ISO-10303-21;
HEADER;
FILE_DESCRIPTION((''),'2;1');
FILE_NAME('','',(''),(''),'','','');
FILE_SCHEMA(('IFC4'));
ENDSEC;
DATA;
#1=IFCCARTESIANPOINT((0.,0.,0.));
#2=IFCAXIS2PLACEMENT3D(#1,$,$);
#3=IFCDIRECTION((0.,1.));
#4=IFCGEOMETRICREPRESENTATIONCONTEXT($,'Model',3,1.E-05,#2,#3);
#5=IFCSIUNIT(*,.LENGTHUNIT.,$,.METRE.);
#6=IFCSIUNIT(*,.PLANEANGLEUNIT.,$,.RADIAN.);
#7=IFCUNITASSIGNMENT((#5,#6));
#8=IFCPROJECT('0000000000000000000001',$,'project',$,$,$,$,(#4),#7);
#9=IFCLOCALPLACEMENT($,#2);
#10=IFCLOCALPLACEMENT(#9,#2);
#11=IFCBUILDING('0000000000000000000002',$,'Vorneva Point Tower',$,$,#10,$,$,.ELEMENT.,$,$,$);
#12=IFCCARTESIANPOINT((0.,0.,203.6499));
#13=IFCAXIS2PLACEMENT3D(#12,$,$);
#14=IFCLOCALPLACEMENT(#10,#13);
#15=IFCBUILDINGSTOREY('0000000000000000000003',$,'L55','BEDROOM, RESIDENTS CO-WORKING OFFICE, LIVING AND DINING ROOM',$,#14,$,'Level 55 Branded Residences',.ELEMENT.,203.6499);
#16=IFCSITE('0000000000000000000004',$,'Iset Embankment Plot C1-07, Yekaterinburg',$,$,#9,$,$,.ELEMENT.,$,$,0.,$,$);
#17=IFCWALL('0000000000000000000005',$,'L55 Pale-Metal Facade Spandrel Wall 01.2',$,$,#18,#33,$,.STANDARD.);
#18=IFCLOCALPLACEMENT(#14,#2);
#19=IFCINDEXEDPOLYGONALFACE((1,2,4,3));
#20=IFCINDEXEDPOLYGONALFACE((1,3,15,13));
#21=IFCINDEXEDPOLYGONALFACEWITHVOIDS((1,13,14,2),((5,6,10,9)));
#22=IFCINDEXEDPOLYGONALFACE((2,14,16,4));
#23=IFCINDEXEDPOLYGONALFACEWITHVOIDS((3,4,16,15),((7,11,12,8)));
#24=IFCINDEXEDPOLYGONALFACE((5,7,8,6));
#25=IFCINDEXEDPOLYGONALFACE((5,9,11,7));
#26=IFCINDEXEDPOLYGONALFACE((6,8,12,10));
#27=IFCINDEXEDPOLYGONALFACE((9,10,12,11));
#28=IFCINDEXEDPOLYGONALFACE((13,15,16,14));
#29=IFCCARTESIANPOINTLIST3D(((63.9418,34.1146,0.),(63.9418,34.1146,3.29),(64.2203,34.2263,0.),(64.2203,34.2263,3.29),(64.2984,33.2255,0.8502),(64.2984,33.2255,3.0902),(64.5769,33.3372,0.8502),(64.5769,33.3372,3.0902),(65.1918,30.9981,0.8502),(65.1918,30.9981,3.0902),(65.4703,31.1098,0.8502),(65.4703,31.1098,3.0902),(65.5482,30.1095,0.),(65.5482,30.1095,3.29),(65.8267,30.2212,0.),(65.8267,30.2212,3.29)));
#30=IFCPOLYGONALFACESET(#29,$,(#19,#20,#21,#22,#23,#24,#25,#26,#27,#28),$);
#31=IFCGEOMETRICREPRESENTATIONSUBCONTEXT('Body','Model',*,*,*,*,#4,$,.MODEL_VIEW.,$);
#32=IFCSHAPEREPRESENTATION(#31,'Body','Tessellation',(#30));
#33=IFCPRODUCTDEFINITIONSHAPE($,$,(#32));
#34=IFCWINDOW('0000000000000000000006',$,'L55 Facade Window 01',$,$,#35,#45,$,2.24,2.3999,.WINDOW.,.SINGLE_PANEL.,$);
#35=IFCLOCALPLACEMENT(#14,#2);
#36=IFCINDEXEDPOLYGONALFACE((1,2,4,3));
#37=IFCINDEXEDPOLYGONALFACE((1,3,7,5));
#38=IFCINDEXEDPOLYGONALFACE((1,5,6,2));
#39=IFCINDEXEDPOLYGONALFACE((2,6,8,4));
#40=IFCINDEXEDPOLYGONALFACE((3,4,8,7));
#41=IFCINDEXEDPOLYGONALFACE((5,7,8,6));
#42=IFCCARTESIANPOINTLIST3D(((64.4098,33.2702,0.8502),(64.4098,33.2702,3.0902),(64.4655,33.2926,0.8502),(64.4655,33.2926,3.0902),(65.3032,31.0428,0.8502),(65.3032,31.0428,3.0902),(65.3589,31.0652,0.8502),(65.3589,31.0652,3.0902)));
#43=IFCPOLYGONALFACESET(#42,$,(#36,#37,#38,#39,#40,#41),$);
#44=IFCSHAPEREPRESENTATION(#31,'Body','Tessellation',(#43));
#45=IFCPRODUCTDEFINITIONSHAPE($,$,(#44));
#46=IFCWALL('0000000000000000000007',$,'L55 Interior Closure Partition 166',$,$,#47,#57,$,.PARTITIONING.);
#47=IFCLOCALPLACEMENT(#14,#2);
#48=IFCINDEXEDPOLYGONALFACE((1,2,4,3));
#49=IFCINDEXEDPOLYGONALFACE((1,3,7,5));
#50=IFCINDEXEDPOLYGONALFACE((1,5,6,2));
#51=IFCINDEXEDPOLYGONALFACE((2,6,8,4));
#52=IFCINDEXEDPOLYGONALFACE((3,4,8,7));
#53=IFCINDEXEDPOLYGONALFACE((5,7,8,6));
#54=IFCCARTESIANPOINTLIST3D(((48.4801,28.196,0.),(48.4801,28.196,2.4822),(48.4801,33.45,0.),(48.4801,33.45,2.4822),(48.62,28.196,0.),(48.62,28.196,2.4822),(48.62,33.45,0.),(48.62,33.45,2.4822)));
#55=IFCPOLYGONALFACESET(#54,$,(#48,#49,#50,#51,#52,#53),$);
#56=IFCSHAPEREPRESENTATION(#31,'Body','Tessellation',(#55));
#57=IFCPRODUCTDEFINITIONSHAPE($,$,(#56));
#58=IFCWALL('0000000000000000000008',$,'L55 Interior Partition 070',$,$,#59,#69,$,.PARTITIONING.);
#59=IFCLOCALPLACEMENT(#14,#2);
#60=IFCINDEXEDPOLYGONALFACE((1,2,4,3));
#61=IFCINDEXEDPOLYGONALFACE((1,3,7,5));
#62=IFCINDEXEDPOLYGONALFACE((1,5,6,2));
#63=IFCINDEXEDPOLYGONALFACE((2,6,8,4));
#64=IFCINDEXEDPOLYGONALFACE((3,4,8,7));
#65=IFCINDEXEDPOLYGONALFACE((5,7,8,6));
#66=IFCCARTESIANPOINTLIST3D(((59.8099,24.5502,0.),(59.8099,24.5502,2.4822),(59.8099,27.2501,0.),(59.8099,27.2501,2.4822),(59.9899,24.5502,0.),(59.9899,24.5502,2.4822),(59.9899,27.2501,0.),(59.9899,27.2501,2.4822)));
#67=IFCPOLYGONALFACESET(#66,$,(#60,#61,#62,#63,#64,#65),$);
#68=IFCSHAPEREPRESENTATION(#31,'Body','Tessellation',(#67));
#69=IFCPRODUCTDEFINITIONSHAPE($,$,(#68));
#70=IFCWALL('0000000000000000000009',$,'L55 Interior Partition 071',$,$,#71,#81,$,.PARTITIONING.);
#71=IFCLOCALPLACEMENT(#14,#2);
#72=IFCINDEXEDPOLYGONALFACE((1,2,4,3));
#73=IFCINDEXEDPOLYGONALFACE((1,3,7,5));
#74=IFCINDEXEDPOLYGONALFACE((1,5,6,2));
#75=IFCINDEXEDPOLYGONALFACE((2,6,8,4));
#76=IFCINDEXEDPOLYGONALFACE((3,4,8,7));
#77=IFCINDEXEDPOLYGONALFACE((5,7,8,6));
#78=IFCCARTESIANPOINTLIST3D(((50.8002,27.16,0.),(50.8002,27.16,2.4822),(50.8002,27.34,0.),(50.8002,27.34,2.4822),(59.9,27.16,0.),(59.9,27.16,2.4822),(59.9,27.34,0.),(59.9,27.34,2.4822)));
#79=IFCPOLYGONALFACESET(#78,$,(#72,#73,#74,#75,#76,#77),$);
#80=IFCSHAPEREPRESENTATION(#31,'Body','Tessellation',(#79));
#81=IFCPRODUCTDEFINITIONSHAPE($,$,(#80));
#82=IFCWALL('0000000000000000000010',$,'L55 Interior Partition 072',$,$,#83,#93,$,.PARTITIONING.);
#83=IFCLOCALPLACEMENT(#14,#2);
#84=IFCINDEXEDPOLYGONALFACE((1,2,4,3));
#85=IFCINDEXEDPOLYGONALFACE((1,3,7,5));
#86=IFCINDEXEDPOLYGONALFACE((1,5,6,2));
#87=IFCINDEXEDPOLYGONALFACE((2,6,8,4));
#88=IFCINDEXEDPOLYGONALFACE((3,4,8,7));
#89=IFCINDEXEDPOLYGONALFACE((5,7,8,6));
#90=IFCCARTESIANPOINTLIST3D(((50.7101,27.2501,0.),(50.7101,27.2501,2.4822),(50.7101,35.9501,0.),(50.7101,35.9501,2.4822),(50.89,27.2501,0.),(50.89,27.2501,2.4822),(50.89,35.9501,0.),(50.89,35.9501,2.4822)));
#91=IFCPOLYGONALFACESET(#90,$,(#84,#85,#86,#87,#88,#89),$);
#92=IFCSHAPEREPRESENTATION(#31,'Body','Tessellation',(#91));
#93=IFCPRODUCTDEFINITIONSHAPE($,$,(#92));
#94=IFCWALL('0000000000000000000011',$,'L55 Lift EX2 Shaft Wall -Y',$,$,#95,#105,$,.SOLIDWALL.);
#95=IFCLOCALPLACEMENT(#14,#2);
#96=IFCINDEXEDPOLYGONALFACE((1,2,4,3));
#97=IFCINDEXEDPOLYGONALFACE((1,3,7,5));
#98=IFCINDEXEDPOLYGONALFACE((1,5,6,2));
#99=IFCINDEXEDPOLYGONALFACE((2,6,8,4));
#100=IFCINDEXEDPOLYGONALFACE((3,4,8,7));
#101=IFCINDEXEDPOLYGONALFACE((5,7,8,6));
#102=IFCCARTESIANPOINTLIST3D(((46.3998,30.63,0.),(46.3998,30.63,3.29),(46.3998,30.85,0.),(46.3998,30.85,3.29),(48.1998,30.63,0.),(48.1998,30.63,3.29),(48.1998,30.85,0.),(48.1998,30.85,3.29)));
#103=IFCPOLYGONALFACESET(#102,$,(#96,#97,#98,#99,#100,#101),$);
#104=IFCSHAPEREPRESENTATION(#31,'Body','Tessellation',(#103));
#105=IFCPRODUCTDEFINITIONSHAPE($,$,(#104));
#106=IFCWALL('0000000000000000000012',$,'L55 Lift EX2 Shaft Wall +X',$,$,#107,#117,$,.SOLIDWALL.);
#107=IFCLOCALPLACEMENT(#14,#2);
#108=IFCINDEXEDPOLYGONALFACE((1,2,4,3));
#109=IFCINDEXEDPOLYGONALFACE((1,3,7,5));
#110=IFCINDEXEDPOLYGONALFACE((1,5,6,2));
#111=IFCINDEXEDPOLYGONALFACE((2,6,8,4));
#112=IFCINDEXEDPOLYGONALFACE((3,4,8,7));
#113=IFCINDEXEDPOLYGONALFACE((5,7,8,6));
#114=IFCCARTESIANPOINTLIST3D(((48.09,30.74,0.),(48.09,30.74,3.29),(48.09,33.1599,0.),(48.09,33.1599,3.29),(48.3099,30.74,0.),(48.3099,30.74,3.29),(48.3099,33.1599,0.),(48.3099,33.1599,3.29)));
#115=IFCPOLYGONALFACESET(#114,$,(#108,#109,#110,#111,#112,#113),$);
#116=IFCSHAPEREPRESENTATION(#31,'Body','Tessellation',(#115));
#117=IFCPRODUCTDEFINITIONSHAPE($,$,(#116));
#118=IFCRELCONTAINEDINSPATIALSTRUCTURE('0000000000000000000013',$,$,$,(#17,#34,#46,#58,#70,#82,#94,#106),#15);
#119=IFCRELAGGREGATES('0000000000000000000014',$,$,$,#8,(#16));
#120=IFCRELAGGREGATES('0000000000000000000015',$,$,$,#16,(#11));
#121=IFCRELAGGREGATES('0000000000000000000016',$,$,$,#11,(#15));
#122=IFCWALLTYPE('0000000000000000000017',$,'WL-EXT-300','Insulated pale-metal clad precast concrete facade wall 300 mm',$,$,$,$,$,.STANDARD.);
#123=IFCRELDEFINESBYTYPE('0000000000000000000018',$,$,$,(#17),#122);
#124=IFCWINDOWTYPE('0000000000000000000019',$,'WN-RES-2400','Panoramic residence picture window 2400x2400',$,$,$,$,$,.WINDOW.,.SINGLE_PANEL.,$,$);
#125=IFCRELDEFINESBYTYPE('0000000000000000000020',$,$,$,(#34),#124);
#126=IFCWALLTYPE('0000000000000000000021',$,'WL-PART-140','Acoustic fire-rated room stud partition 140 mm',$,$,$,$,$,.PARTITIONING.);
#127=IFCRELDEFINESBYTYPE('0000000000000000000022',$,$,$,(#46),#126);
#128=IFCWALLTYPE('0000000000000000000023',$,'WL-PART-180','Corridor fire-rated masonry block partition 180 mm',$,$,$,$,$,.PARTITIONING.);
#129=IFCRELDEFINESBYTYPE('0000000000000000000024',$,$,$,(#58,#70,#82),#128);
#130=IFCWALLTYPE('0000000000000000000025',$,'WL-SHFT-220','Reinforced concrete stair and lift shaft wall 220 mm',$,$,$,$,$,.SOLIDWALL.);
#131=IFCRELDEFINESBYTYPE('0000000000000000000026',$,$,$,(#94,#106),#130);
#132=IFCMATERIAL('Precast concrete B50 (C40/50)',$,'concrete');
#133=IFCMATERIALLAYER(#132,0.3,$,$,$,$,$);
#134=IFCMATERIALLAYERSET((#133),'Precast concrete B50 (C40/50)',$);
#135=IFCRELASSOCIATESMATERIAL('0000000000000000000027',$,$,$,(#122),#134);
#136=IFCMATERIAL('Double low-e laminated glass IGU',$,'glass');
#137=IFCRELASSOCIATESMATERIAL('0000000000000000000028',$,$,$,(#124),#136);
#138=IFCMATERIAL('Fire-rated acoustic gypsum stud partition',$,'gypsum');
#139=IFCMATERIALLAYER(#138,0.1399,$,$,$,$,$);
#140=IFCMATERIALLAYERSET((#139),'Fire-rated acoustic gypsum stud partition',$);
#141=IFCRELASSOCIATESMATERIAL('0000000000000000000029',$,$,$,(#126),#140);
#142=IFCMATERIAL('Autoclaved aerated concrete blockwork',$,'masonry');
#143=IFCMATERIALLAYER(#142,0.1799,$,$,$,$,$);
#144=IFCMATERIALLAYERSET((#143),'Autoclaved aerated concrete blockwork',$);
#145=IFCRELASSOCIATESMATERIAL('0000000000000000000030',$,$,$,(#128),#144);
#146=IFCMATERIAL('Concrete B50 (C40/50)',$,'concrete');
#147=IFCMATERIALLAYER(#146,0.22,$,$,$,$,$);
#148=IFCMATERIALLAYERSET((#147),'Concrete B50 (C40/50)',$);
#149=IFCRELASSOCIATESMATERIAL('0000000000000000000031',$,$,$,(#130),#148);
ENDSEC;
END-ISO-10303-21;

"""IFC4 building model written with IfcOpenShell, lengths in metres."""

from ifc_helpers import new_model, si_unit, direction, frame, frame_2d, origin, place, context, subcontext, project, spatial, rectangle, extrude, material, layer, layer_set, type_object, element, fill, save


model = new_model("IFC4")

# Units and contexts
model_context = context("Model", 3, precision=1e-05, world=origin(), true_north=direction((0.0, 1.0)))
body_context = subcontext(model_context, "Body", "Model", "MODEL_VIEW")
ifc_project = project(units=[si_unit("LENGTHUNIT", "METRE"), si_unit("PLANEANGLEUNIT", "RADIAN")], contexts=[model_context])

# Site, building, storey
site_placement = place(None, origin())
site = spatial("IfcSite", under=ifc_project, at=site_placement, Name="Iset Embankment Plot C1-07, Yekaterinburg", CompositionType="ELEMENT", RefElevation=0.0)
building_placement = place(site_placement, origin())
building = spatial("IfcBuilding", under=site, at=building_placement, Name="Vorneva Point Tower", CompositionType="ELEMENT")
storey_placement = place(building_placement, frame((0.0, 0.0, 203.6499)))
storey = spatial("IfcBuildingStorey", under=building, at=storey_placement, Name="L55", Description="BEDROOM, RESIDENTS CO-WORKING OFFICE, LIVING AND DINING ROOM", LongName="Level 55 Branded Residences", CompositionType="ELEMENT", Elevation=203.6499)

# Shared definitions
ifc_material_1 = material(Name="Concrete B50 (C40/50)", Category="concrete")

# Shared definitions
ifc_material_2 = material(Name="Precast concrete B50 (C40/50)", Category="concrete")
ifc_layer_1 = layer(ifc_material_2, 0.3)
ifc_layer_set_1 = layer_set([ifc_layer_1], Name="Precast concrete B50 (C40/50)")
wall_type_1 = type_object("IfcWallType", Name="WL-EXT-300", Description="Insulated pale-metal clad precast concrete facade wall 300 mm", PredefinedType="STANDARD", material=ifc_layer_set_1)

# Wall, opening, window
wall_1_placement = place(storey_placement, frame((65.6875, 30.1653, 0.0), z_axis=(0.0, 0.0, 1.0), x_axis=(-0.372268, 0.928125, 0.0)))
wall_1 = element("IfcWall", 1, at=wall_1_placement, inside=storey, type_object=wall_type_1, Name="L55 Pale-Metal Facade Spandrel Wall 01.2", PredefinedType="STANDARD", context=body_context, shape_type="SweptSolid", body=[
    extrude(rectangle(XDim=4.3152, YDim=0.3, at=frame_2d((2.1577, 0.0))), origin(), (0.0, 0.0, 1.0), 3.29),
])
opening_1_placement = place(wall_1_placement, frame((0.9575, 0.0, 0.8501)))
opening_1 = element("IfcOpeningElement", 2, at=opening_1_placement, cuts=wall_1, PredefinedType="OPENING", context=body_context, shape_type="SweptSolid", body=[
    extrude(rectangle(XDim=2.3999, YDim=2.24, at=frame_2d((1.2, 1.1201))), frame((0.0, 0.165, 0.0), z_axis=(0.0, -1.0, 0.0), x_axis=(1.0, 0.0, 0.0)), (0.0, 0.0, 1.0), 0.3298),
])
ifc_material_3 = material(Name="Double low-e laminated glass IGU", Category="glass")
window_type = type_object("IfcWindowType", Name="WN-RES-2400", Description="Panoramic residence picture window 2400x2400", PartitioningType="SINGLE_PANEL", PredefinedType="WINDOW", material=ifc_material_3)
window_placement = place(opening_1_placement, origin())
window = element("IfcWindow", 3, at=window_placement, inside=storey, type_object=window_type, Name="L55 Facade Window 01", OverallHeight=2.24, OverallWidth=2.3999, PartitioningType="SINGLE_PANEL", PredefinedType="WINDOW", context=body_context, shape_type="SweptSolid", body=[
    extrude(rectangle(XDim=2.3999, YDim=2.24, at=frame_2d((1.2, 1.1201))), frame((0.0, 0.03, 0.0), z_axis=(0.0, -1.0, 0.0), x_axis=(1.0, 0.0, 0.0)), (0.0, 0.0, 1.0), 0.0601),
])
fill(opening_1, window)

# Walls
ifc_material_4 = material(Name="Fire-rated acoustic gypsum stud partition", Category="gypsum")
ifc_layer_2 = layer(ifc_material_4, 0.1399)
ifc_layer_set_2 = layer_set([ifc_layer_2], Name="Fire-rated acoustic gypsum stud partition")
wall_type_2 = type_object("IfcWallType", Name="WL-PART-140", Description="Acoustic fire-rated room stud partition 140 mm", PredefinedType="PARTITIONING", material=ifc_layer_set_2)
wall_2_placement = place(storey_placement, frame((48.55, 28.196, 0.0), z_axis=(0.0, 0.0, 1.0), x_axis=(0.0, 1.0, 0.0)))
element("IfcWall", 4, at=wall_2_placement, inside=storey, type_object=wall_type_2, Name="L55 Interior Closure Partition 166", PredefinedType="PARTITIONING", context=body_context, shape_type="SweptSolid", body=[
    extrude(rectangle(XDim=5.2539, YDim=0.1399, at=frame_2d((2.627, 0.0))), origin(), (0.0, 0.0, 1.0), 2.4822),
])
ifc_material_5 = material(Name="Autoclaved aerated concrete blockwork", Category="masonry")
ifc_layer_3 = layer(ifc_material_5, 0.1799)
ifc_layer_set_3 = layer_set([ifc_layer_3], Name="Autoclaved aerated concrete blockwork")
wall_type_3 = type_object("IfcWallType", Name="WL-PART-180", Description="Corridor fire-rated masonry block partition 180 mm", PredefinedType="PARTITIONING", material=ifc_layer_set_3)
wall_3_placement = place(storey_placement, frame((59.8999, 24.55, 0.0), z_axis=(0.0, 0.0, 1.0), x_axis=(0.0, 1.0, 0.0)))
element("IfcWall", 5, at=wall_3_placement, inside=storey, type_object=wall_type_3, Name="L55 Interior Partition 070", PredefinedType="PARTITIONING", context=body_context, shape_type="SweptSolid", body=[
    extrude(rectangle(XDim=2.7, YDim=0.1799, at=frame_2d((1.3501, 0.0))), origin(), (0.0, 0.0, 1.0), 2.4822),
])
wall_4_placement = place(storey_placement, frame((59.8999, 27.25, 0.0), z_axis=(0.0, 0.0, 1.0), x_axis=(-1.0, 0.0, 0.0)))
element("IfcWall", 6, at=wall_4_placement, inside=storey, type_object=wall_type_3, Name="L55 Interior Partition 071", PredefinedType="PARTITIONING", context=body_context, shape_type="SweptSolid", body=[
    extrude(rectangle(XDim=9.0999, YDim=0.1799, at=frame_2d((4.5498, 0.0))), origin(), (0.0, 0.0, 1.0), 2.4822),
])
wall_5_placement = place(storey_placement, frame((50.8, 27.25, 0.0), z_axis=(0.0, 0.0, 1.0), x_axis=(0.0, 1.0, 0.0)))
element("IfcWall", 7, at=wall_5_placement, inside=storey, type_object=wall_type_3, Name="L55 Interior Partition 072", PredefinedType="PARTITIONING", context=body_context, shape_type="SweptSolid", body=[
    extrude(rectangle(XDim=8.7, YDim=0.1799, at=frame_2d((4.3501, 0.0))), origin(), (0.0, 0.0, 1.0), 2.4822),
])
ifc_layer_4 = layer(ifc_material_1, 0.22)
ifc_layer_set_4 = layer_set([ifc_layer_4], Name="Concrete B50 (C40/50)")
wall_type_4 = type_object("IfcWallType", Name="WL-SHFT-220", Description="Reinforced concrete stair and lift shaft wall 220 mm", PredefinedType="SOLIDWALL", material=ifc_layer_set_4)
wall_6_placement = place(storey_placement, frame((46.3999, 30.74, 0.0), z_axis=(0.0, 0.0, 1.0), x_axis=(1.0, 0.0, 0.0)))
element("IfcWall", 8, at=wall_6_placement, inside=storey, type_object=wall_type_4, Name="L55 Lift EX2 Shaft Wall -Y", PredefinedType="SOLIDWALL", context=body_context, shape_type="SweptSolid", body=[
    extrude(rectangle(XDim=1.8, YDim=0.22, at=frame_2d((0.8999, 0.0))), origin(), (0.0, 0.0, 1.0), 3.29),
])
wall_7_placement = place(storey_placement, frame((48.2, 30.74, 0.0), z_axis=(0.0, 0.0, 1.0), x_axis=(0.0, 1.0, 0.0)))
element("IfcWall", 9, at=wall_7_placement, inside=storey, type_object=wall_type_4, Name="L55 Lift EX2 Shaft Wall +X", PredefinedType="SOLIDWALL", context=body_context, shape_type="SweptSolid", body=[
    extrude(rectangle(XDim=2.4199, YDim=0.22, at=frame_2d((1.21, 0.0))), origin(), (0.0, 0.0, 1.0), 3.29),
])

save(model, "model.ifc")
